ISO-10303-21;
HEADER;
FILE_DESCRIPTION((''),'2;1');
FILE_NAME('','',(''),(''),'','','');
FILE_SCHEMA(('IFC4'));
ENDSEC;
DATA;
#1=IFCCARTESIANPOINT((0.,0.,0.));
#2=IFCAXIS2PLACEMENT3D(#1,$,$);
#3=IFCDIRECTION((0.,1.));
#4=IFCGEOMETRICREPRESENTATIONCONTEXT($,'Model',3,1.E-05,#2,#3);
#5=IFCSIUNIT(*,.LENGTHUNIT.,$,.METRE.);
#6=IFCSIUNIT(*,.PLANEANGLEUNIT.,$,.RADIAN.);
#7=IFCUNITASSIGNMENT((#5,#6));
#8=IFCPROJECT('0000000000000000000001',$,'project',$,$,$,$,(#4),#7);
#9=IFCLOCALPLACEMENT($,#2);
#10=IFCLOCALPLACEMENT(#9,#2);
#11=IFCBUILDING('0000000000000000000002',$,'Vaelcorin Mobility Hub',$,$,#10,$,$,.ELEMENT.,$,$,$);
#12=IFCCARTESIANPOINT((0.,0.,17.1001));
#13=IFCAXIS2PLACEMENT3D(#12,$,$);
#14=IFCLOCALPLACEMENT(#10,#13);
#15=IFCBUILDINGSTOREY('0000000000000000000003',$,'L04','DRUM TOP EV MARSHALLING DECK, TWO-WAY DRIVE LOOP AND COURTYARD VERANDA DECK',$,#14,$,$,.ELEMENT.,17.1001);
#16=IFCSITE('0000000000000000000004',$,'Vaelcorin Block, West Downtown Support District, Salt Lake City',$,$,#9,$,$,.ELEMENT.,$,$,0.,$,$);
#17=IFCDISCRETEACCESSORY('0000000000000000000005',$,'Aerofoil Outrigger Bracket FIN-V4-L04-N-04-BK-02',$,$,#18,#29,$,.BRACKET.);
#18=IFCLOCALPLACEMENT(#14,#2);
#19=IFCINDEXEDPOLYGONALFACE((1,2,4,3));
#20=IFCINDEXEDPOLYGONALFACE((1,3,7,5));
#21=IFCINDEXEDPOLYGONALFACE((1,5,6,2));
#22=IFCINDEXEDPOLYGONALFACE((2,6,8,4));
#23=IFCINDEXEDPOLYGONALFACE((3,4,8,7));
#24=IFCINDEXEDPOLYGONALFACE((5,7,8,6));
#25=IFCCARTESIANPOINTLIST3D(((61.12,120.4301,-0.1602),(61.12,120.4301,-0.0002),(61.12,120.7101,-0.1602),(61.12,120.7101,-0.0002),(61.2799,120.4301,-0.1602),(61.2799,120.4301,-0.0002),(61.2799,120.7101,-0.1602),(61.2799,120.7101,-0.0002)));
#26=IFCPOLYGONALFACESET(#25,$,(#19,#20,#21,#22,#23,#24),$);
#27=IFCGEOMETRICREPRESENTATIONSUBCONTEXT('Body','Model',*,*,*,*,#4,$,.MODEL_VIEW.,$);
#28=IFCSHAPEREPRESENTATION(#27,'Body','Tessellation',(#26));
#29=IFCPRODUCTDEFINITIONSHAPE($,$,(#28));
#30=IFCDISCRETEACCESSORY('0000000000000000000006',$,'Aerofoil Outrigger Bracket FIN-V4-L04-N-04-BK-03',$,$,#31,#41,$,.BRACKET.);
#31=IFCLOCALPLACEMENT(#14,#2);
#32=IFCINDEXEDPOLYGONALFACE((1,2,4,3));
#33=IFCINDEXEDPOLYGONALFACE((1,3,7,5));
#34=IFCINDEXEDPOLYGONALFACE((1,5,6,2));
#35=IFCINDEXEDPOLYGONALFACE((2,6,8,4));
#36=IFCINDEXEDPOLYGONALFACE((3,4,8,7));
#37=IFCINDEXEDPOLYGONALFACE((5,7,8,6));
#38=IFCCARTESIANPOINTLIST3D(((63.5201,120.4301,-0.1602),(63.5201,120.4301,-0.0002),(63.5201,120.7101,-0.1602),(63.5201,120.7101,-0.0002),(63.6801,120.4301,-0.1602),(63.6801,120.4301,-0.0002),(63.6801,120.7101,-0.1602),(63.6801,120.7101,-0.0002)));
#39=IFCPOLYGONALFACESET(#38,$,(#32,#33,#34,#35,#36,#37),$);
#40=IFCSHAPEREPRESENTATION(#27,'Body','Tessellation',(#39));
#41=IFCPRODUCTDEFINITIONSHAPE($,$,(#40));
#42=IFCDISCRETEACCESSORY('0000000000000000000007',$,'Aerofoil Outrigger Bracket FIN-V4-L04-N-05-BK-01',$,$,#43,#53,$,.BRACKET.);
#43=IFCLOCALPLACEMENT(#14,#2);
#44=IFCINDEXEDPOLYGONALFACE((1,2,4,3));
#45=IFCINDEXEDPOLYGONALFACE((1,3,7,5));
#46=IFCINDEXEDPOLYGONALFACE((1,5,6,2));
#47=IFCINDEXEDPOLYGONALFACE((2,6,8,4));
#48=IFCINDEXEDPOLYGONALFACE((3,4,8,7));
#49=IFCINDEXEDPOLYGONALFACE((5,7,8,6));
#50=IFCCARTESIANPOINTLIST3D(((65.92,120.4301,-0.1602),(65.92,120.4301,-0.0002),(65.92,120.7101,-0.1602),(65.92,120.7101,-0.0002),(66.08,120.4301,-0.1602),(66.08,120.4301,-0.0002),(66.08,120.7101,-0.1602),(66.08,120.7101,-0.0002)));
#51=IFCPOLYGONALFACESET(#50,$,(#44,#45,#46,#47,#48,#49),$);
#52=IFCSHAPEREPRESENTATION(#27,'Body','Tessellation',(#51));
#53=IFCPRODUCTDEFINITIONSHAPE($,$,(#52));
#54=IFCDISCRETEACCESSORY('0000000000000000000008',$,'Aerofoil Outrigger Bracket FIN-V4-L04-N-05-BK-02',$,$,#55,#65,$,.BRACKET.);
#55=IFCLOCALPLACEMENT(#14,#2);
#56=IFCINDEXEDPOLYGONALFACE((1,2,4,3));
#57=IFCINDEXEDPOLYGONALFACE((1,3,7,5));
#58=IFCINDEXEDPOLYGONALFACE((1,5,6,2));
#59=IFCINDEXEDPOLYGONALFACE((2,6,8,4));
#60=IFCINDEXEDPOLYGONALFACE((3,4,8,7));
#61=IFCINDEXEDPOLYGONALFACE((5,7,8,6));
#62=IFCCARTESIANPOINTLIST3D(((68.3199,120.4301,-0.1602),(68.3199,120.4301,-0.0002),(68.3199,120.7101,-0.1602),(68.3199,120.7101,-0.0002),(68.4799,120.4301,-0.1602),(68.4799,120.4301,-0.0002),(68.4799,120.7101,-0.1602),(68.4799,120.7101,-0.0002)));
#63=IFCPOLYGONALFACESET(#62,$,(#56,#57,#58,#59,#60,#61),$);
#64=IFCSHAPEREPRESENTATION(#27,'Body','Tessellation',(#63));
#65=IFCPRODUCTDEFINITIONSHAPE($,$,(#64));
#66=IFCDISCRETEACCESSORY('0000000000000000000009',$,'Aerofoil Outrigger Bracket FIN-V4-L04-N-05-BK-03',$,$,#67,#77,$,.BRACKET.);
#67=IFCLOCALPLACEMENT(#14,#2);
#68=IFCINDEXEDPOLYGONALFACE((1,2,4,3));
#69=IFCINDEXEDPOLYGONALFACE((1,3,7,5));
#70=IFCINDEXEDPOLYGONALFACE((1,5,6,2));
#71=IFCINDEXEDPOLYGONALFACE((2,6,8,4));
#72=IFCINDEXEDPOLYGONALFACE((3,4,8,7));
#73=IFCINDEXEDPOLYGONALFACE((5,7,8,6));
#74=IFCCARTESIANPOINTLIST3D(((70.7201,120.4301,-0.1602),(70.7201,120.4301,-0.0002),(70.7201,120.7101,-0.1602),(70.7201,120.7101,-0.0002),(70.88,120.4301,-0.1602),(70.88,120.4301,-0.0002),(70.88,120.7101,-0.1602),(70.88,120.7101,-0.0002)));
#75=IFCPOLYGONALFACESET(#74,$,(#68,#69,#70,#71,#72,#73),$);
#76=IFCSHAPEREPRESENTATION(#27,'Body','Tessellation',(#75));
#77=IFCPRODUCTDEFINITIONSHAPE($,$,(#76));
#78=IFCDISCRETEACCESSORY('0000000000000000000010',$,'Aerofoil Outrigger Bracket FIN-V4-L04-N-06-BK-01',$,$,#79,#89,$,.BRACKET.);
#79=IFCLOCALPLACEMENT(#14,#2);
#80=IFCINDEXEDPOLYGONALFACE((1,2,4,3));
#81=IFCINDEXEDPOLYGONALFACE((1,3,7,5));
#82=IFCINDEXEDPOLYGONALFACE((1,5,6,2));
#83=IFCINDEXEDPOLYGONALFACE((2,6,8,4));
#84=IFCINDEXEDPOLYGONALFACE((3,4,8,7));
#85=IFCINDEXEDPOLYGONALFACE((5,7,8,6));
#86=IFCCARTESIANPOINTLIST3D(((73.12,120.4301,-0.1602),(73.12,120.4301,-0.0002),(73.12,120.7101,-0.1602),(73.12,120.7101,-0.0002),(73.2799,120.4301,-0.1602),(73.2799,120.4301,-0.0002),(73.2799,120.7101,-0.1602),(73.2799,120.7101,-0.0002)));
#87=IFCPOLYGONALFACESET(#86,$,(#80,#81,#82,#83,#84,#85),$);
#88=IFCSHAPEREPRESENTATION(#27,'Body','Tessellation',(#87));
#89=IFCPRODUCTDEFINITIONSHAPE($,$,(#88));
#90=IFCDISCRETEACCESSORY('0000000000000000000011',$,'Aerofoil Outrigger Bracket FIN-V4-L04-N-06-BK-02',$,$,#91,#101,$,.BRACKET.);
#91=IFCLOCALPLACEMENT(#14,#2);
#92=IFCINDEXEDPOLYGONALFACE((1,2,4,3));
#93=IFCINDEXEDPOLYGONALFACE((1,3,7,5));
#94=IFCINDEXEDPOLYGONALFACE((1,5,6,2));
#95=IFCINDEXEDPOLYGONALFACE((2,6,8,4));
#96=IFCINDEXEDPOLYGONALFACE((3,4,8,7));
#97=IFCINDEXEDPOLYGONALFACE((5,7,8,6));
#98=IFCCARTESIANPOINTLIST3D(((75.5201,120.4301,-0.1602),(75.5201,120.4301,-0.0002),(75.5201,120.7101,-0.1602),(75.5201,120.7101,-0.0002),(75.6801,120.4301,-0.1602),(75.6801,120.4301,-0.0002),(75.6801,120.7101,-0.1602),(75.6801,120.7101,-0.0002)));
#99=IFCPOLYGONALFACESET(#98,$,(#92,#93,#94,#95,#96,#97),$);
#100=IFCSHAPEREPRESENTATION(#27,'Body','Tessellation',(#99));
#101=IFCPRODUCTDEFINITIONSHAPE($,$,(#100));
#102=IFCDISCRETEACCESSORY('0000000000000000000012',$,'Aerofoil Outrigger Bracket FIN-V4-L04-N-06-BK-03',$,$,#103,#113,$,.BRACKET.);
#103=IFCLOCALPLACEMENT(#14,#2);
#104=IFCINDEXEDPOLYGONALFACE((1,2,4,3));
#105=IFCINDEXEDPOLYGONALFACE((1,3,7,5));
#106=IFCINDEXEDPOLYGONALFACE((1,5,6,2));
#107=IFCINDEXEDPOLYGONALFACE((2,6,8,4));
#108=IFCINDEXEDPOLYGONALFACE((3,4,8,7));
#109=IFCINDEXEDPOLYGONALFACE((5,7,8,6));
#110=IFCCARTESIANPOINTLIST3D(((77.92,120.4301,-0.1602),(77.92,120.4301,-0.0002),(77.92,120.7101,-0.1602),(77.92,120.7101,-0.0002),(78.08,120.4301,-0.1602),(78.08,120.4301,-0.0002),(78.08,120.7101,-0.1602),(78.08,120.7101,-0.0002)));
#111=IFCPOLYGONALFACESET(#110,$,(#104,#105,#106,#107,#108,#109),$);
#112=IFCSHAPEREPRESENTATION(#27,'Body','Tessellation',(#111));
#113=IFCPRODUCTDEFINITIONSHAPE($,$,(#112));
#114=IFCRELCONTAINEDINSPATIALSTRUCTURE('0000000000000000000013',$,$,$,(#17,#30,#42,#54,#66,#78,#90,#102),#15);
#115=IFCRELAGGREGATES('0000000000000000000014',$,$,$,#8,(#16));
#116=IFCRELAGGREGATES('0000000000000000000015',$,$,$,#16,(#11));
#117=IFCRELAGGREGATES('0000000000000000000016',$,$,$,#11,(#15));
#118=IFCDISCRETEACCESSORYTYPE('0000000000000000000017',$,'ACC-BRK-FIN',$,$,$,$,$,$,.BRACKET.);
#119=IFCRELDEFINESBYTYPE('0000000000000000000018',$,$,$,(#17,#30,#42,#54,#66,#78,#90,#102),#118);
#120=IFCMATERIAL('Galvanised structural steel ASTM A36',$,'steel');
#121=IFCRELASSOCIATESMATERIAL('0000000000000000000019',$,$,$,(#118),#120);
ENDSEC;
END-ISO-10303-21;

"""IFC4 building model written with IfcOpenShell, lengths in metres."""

from ifc_helpers import new_model, si_unit, direction, frame, origin, origin_2d, place, context, subcontext, project, spatial, rectangle, extrude, material, type_object, element, save


model = new_model("IFC4")

# Units and contexts
model_context = context("Model", 3, precision=1e-05, world=origin(), true_north=direction((0.0, 1.0)))
body_context = subcontext(model_context, "Body", "Model", "MODEL_VIEW")
ifc_project = project(units=[si_unit("LENGTHUNIT", "METRE"), si_unit("PLANEANGLEUNIT", "RADIAN")], contexts=[model_context])

# Site, building, storey
site_placement = place(None, origin())
site = spatial("IfcSite", under=ifc_project, at=site_placement, Name="Vaelcorin Block, West Downtown Support District, Salt Lake City", CompositionType="ELEMENT", RefElevation=0.0)
building_placement = place(site_placement, origin())
building = spatial("IfcBuilding", under=site, at=building_placement, Name="Vaelcorin Mobility Hub", CompositionType="ELEMENT")
storey_placement = place(building_placement, frame((0.0, 0.0, 17.1001)))
storey = spatial("IfcBuildingStorey", under=building, at=storey_placement, Name="L04", Description="DRUM TOP EV MARSHALLING DECK, TWO-WAY DRIVE LOOP AND COURTYARD VERANDA DECK", CompositionType="ELEMENT", Elevation=17.1001)

# Shared definitions
ifc_material_1 = material(Name="Galvanised structural steel ASTM A36", Category="steel")

# Discrete accessories
discrete_accessory_type = type_object("IfcDiscreteAccessoryType", Name="ACC-BRK-FIN", PredefinedType="BRACKET", material=ifc_material_1)
for number, where, z_axis, x_axis, name in (
    (1, (61.2, 120.5701, -0.1602), (0.0, 0.0, 1.0), (0.0, 1.0, 0.0), "Aerofoil Outrigger Bracket FIN-V4-L04-N-04-BK-02"),
    (2, (63.6001, 120.5701, -0.1602), (0.0, 0.0, 1.0), (0.0, 1.0, 0.0), "Aerofoil Outrigger Bracket FIN-V4-L04-N-04-BK-03"),
    (3, (66.0, 120.5701, -0.1602), (0.0, 0.0, 1.0), (0.0, 1.0, 0.0), "Aerofoil Outrigger Bracket FIN-V4-L04-N-05-BK-01"),
    (4, (68.3999, 120.5701, -0.1602), (0.0, 0.0, 1.0), (0.0, 1.0, 0.0), "Aerofoil Outrigger Bracket FIN-V4-L04-N-05-BK-02"),
    (5, (70.8, 120.5701, -0.1602), (0.0, 0.0, 1.0), (0.0, 1.0, 0.0), "Aerofoil Outrigger Bracket FIN-V4-L04-N-05-BK-03"),
    (6, (73.2, 120.5701, -0.1602), (0.0, 0.0, 1.0), (0.0, 1.0, 0.0), "Aerofoil Outrigger Bracket FIN-V4-L04-N-06-BK-01"),
    (7, (75.6001, 120.5701, -0.1602), (0.0, 0.0, 1.0), (0.0, 1.0, 0.0), "Aerofoil Outrigger Bracket FIN-V4-L04-N-06-BK-02"),
    (8, (78.0, 120.5701, -0.1602), (0.0, 0.0, 1.0), (0.0, 1.0, 0.0), "Aerofoil Outrigger Bracket FIN-V4-L04-N-06-BK-03"),
):
    element("IfcDiscreteAccessory", number, at=place(storey_placement, frame(where, z_axis=z_axis, x_axis=x_axis)), inside=storey, type_object=discrete_accessory_type, Name=name, PredefinedType="BRACKET", context=body_context, shape_type="SweptSolid", body=[
        extrude(rectangle(XDim=0.28, YDim=0.1599, at=origin_2d()), origin(), (0.0, 0.0, 1.0), 0.1599),
    ])

save(model, "model.ifc")
